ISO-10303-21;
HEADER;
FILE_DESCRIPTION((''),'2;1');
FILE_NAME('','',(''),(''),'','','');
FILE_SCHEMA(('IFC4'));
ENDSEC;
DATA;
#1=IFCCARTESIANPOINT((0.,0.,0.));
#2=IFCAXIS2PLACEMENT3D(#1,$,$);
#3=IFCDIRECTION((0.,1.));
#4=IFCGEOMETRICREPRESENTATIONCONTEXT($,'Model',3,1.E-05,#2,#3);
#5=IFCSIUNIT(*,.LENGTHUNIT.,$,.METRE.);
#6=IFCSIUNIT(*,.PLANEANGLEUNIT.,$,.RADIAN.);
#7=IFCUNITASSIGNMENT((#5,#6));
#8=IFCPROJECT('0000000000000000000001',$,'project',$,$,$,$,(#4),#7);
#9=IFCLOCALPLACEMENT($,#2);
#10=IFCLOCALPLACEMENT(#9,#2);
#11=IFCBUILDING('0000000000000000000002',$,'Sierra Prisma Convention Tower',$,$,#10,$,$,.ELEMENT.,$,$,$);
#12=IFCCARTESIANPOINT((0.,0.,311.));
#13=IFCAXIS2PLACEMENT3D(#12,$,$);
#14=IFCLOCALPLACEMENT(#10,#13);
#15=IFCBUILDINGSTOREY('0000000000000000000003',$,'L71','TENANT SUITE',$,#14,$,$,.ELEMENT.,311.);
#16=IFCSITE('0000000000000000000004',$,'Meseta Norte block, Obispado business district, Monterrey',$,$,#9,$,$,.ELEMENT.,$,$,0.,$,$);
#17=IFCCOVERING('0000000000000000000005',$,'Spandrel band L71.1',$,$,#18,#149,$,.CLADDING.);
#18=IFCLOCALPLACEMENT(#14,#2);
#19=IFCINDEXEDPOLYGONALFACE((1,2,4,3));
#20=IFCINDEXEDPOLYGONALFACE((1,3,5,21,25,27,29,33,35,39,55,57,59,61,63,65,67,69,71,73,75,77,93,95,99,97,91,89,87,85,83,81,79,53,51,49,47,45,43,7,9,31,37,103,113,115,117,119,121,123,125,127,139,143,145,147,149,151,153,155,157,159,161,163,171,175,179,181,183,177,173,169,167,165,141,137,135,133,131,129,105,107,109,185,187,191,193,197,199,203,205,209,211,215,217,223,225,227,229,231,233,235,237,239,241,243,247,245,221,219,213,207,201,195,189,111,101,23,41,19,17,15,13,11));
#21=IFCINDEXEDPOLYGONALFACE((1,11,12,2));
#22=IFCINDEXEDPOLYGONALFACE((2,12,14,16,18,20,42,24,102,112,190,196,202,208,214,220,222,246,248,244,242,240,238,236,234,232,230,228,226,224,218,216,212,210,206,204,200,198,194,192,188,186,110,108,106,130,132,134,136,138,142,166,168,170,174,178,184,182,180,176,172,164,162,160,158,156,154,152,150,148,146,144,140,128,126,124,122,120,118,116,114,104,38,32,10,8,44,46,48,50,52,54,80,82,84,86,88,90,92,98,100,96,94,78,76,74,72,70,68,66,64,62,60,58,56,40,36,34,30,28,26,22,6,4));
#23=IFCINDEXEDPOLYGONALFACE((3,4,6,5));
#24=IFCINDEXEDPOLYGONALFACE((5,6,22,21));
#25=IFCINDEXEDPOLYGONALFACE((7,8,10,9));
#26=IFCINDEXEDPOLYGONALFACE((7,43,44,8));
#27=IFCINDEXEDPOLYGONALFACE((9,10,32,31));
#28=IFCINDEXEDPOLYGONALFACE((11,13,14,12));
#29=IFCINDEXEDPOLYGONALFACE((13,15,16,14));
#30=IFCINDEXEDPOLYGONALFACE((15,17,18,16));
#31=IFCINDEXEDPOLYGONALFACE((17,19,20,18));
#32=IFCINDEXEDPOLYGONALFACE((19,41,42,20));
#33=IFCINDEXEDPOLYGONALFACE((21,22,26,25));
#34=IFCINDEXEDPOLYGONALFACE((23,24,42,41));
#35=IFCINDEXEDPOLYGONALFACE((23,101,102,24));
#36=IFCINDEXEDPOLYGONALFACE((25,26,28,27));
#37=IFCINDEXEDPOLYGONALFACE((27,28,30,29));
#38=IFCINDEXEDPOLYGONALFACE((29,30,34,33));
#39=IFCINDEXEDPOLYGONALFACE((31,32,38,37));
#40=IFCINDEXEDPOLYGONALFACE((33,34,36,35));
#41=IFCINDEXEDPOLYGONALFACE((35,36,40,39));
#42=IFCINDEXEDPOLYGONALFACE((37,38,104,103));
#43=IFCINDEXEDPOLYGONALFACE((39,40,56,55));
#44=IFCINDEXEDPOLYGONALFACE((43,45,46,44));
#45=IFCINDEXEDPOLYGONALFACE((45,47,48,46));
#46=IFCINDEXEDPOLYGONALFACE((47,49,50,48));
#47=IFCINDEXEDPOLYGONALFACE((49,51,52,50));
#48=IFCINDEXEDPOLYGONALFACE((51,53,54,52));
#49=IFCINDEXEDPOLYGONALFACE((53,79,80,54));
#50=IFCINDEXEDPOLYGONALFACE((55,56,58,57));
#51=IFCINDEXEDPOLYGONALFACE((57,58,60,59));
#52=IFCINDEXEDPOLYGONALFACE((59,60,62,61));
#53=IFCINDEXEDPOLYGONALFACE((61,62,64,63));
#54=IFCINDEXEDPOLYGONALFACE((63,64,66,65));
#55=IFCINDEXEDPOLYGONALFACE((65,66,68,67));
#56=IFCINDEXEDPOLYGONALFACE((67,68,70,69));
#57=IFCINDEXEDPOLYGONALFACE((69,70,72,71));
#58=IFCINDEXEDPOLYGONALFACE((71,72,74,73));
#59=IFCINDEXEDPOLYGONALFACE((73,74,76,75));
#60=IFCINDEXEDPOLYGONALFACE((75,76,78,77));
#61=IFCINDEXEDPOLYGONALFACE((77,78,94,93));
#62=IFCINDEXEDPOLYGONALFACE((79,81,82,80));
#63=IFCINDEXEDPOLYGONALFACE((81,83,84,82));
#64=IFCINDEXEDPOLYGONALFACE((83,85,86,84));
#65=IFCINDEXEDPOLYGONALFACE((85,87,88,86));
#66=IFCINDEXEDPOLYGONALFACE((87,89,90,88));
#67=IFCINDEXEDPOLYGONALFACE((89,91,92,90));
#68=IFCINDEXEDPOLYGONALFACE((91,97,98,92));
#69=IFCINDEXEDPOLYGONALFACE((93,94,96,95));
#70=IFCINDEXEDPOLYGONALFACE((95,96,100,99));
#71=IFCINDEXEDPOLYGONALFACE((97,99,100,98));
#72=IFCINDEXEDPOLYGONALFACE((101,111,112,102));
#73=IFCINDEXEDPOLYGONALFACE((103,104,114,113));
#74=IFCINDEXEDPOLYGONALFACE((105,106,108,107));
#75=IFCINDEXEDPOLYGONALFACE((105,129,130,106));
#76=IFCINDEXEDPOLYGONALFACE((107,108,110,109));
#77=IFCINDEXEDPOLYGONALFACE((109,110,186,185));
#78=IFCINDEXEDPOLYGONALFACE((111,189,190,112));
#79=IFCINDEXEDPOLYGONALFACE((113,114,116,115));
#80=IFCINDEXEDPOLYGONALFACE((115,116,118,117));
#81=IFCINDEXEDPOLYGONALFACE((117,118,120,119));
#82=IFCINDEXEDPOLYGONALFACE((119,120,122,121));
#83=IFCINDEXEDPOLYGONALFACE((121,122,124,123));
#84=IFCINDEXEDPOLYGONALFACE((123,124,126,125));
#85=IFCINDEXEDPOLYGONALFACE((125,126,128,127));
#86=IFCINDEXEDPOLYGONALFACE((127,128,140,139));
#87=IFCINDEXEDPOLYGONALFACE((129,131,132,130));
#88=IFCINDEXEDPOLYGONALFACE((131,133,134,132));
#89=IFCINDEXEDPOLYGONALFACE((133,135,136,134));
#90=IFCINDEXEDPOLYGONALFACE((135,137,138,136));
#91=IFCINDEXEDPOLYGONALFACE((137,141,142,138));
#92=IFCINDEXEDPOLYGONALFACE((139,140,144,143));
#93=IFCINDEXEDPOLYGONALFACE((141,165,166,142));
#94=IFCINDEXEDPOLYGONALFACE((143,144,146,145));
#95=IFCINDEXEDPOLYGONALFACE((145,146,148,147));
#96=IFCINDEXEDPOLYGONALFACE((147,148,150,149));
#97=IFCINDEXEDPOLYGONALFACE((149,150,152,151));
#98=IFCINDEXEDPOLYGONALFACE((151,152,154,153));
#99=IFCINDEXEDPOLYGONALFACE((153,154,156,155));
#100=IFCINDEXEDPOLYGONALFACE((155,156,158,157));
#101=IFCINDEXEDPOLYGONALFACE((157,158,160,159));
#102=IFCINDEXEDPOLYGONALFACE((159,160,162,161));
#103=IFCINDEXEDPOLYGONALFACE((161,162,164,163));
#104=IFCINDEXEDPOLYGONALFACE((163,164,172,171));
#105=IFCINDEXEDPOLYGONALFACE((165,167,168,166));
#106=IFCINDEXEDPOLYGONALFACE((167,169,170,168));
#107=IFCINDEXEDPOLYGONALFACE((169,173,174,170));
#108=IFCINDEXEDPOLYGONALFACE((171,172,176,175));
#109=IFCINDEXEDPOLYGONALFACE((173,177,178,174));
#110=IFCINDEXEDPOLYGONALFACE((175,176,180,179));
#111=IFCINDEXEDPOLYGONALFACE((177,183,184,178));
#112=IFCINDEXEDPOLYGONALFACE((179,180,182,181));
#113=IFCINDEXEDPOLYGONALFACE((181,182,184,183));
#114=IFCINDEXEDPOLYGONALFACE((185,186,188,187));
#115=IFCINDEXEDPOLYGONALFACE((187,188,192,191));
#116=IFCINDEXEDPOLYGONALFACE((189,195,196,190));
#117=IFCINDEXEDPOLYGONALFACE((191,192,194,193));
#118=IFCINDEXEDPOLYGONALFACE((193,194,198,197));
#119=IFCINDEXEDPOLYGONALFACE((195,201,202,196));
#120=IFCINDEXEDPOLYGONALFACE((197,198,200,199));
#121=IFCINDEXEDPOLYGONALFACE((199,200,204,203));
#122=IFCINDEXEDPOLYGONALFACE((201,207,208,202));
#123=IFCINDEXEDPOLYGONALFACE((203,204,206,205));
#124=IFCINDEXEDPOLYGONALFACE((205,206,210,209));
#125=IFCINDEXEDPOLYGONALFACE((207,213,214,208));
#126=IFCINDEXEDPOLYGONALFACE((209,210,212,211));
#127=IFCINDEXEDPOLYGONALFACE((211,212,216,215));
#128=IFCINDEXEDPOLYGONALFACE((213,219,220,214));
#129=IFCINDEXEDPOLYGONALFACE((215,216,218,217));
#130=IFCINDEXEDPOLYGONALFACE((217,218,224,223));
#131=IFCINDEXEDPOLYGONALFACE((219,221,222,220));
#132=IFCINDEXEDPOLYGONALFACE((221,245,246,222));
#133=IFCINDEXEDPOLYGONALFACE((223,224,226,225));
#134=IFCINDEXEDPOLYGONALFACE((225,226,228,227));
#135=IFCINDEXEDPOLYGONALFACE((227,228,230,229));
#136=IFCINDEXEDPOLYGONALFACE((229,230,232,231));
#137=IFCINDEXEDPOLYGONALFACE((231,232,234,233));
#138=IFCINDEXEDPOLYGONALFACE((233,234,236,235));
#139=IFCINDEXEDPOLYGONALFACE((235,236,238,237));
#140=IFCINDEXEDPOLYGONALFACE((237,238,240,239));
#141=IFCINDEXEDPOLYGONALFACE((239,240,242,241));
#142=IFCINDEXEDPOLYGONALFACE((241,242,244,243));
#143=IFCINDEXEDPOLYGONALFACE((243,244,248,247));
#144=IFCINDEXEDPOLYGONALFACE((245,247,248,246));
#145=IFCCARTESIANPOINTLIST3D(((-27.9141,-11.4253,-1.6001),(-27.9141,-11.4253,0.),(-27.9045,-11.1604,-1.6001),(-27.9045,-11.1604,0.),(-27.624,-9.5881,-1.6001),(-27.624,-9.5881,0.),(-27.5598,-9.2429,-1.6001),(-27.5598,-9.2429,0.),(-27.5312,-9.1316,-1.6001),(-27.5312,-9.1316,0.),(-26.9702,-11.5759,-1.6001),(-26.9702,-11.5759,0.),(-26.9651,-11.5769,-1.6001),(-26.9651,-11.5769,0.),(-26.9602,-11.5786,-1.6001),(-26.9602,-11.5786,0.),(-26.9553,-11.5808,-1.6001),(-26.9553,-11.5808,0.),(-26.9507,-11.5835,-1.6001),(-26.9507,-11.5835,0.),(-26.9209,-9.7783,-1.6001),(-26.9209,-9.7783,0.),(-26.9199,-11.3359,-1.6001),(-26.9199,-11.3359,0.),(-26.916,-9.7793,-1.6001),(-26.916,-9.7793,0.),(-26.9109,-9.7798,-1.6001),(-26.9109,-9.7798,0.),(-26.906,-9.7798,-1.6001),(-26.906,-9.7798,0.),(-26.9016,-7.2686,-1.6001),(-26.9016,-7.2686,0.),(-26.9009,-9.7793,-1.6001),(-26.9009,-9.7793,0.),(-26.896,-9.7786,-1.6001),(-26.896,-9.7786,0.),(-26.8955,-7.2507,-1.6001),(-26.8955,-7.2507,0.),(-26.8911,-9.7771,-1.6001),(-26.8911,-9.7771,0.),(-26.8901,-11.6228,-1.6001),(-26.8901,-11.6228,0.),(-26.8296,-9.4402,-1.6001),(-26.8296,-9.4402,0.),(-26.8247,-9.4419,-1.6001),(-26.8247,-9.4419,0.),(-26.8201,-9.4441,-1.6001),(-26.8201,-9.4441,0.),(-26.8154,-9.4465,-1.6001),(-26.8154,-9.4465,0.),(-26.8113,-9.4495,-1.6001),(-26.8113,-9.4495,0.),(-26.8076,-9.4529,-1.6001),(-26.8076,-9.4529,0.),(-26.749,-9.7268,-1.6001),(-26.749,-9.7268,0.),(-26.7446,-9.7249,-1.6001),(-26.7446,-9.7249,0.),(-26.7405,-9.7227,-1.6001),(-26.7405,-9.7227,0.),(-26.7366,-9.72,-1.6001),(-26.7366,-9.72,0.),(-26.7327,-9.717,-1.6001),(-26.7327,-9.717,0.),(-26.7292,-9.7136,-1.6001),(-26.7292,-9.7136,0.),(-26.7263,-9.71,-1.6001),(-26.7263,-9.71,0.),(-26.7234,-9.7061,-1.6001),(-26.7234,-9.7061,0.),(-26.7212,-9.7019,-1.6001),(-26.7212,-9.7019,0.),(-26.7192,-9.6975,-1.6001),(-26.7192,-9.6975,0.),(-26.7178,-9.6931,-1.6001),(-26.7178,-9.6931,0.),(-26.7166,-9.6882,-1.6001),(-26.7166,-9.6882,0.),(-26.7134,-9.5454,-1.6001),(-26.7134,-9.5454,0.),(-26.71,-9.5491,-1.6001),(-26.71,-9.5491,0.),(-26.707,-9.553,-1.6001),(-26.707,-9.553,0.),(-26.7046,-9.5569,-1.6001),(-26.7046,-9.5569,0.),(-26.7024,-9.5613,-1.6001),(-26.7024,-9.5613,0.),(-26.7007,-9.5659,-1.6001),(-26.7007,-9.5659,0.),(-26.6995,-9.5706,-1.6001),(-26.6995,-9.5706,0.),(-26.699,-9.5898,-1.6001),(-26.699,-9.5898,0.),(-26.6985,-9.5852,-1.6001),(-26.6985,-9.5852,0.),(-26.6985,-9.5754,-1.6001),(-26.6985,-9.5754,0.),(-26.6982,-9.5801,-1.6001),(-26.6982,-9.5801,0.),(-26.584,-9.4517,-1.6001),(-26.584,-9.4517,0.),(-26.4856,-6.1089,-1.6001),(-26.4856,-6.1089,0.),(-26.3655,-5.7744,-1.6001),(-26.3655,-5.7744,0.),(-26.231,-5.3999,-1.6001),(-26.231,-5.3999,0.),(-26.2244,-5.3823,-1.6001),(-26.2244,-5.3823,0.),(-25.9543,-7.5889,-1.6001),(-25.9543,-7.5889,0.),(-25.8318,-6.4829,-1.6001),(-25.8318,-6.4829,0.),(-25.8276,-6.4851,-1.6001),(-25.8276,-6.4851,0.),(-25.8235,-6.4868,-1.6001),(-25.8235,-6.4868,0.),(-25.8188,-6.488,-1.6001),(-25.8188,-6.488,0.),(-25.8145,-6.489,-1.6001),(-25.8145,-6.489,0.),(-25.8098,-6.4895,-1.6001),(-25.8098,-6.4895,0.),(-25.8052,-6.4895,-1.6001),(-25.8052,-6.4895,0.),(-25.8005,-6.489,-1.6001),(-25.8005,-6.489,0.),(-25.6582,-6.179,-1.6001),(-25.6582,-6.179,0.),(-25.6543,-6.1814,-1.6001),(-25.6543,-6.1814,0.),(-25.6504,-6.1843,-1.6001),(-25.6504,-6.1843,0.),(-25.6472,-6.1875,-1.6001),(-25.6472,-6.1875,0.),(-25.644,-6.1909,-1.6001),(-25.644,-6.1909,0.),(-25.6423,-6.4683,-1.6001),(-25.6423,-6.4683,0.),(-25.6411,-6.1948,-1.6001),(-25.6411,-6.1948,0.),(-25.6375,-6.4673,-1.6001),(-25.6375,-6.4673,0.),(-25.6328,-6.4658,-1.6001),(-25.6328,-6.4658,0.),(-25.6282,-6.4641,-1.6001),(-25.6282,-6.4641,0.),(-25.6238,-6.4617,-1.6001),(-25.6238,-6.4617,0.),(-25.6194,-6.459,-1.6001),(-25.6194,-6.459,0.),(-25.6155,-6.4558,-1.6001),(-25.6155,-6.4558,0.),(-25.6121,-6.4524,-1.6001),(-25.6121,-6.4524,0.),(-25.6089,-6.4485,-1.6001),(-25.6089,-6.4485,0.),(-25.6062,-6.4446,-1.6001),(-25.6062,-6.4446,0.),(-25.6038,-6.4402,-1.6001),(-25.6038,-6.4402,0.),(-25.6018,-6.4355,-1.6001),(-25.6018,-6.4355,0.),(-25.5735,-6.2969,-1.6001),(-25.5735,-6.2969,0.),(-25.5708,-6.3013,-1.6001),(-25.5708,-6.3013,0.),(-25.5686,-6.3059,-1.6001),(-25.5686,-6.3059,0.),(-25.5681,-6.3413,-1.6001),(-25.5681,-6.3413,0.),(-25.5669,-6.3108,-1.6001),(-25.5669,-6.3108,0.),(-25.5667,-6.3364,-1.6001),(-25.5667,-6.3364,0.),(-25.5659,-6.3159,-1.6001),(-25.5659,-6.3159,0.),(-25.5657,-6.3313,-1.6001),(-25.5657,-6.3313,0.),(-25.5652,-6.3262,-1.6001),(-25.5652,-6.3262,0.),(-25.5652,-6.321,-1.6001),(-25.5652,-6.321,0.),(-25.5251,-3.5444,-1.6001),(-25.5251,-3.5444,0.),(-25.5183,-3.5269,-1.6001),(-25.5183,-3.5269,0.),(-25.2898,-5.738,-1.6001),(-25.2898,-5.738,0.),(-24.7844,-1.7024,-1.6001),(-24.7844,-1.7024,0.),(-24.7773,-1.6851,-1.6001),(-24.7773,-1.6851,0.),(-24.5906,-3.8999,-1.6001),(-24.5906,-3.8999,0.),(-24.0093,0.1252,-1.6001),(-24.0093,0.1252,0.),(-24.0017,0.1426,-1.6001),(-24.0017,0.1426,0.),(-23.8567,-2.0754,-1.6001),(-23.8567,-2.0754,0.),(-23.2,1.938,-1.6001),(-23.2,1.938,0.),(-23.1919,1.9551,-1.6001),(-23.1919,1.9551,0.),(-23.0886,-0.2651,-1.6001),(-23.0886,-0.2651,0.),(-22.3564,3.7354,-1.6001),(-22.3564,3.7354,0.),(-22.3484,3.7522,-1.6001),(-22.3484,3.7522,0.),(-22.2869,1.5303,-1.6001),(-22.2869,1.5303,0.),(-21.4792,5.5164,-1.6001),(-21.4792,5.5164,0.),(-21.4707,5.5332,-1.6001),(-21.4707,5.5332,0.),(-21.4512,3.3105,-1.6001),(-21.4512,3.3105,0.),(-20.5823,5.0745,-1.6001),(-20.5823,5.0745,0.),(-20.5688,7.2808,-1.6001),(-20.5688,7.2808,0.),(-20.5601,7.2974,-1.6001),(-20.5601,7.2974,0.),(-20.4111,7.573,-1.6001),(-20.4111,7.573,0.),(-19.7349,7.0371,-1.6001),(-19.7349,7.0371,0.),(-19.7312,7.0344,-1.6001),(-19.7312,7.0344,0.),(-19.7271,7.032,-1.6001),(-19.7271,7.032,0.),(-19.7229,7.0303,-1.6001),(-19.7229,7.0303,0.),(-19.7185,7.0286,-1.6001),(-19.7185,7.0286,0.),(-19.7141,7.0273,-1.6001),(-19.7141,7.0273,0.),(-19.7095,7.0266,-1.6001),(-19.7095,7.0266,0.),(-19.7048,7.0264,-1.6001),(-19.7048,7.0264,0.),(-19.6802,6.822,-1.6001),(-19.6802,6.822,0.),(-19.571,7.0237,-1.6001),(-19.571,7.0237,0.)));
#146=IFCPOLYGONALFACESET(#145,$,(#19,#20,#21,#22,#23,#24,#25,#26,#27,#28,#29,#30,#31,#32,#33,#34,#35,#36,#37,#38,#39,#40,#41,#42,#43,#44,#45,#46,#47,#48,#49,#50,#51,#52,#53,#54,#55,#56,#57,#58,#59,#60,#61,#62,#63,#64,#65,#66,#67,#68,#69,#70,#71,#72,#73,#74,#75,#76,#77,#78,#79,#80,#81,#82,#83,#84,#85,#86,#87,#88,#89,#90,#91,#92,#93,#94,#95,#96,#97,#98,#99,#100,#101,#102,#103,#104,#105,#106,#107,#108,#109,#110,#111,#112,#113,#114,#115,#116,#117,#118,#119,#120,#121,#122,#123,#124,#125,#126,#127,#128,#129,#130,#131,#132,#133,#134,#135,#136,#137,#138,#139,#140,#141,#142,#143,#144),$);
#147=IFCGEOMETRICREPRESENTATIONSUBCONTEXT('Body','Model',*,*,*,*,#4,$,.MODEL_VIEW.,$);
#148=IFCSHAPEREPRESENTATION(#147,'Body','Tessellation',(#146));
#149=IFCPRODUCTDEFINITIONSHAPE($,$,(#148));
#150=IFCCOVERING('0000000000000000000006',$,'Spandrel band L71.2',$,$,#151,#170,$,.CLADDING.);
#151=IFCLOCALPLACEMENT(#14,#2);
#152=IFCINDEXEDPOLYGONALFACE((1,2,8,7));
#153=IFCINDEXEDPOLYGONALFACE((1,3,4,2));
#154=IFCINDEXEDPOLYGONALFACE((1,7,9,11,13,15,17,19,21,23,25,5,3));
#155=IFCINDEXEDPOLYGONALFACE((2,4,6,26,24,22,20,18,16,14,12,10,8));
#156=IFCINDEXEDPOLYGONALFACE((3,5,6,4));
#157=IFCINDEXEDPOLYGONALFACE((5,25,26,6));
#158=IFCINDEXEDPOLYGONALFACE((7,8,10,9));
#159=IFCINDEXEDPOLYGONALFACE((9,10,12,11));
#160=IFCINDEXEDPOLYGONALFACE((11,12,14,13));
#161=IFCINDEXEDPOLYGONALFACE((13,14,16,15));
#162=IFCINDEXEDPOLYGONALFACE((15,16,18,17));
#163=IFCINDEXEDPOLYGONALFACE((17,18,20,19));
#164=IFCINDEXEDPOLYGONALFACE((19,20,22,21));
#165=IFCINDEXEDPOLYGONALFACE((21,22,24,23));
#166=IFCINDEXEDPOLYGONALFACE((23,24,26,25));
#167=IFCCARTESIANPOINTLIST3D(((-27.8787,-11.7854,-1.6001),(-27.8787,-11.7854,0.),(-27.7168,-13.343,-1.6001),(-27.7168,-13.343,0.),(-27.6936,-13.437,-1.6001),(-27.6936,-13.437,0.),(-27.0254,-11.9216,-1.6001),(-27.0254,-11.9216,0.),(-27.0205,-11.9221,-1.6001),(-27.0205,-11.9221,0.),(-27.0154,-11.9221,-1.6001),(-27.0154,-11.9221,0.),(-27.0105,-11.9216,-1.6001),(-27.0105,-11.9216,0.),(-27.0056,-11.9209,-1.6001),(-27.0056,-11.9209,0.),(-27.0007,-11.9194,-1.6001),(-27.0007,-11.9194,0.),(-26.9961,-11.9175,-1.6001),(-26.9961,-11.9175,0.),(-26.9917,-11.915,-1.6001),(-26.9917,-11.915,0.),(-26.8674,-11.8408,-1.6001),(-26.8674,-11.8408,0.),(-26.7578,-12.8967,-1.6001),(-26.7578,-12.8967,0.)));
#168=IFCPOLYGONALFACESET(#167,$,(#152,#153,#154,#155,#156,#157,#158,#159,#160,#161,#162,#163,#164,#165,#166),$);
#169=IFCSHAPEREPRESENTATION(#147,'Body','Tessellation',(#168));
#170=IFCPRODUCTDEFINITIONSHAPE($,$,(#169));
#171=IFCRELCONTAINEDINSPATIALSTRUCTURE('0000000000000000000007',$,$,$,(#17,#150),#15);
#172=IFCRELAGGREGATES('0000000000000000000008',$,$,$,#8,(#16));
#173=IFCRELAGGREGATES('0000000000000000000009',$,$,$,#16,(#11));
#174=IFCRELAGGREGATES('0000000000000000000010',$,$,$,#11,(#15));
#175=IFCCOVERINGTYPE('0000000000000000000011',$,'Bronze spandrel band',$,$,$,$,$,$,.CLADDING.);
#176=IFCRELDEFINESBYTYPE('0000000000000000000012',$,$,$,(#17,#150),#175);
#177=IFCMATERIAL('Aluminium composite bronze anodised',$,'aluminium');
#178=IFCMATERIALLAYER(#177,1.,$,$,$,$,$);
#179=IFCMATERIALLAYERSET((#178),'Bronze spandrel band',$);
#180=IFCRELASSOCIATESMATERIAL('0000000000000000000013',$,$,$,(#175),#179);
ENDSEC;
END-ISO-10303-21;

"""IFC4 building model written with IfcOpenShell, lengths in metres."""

from ifc_helpers import new_model, si_unit, direction, frame, origin, place, context, subcontext, project, spatial, polyline, outline, extrude, material, layer, layer_set, type_object, element, save


model = new_model("IFC4")

# Units and contexts
model_context = context("Model", 3, precision=1e-05, world=origin(), true_north=direction((0.0, 1.0)))
body_context = subcontext(model_context, "Body", "Model", "MODEL_VIEW")
ifc_project = project(units=[si_unit("LENGTHUNIT", "METRE"), si_unit("PLANEANGLEUNIT", "RADIAN")], contexts=[model_context])

# Site, building, storey
site_placement = place(None, origin())
site = spatial("IfcSite", under=ifc_project, at=site_placement, Name="Meseta Norte block, Obispado business district, Monterrey", CompositionType="ELEMENT", RefElevation=0.0)
building_placement = place(site_placement, origin())
building = spatial("IfcBuilding", under=site, at=building_placement, Name="Sierra Prisma Convention Tower", CompositionType="ELEMENT")
storey_placement = place(building_placement, frame((0.0, 0.0, 311.0)))
storey = spatial("IfcBuildingStorey", under=building, at=storey_placement, Name="L71", Description="TENANT SUITE", CompositionType="ELEMENT", Elevation=311.0)

# Coverings
ifc_material_1 = material(Name="Aluminium composite bronze anodised", Category="aluminium")
ifc_layer_1 = layer(ifc_material_1, 1.0)
ifc_layer_set_1 = layer_set([ifc_layer_1], Name="Bronze spandrel band")
covering_type = type_object("IfcCoveringType", Name="Bronze spandrel band", PredefinedType="CLADDING", material=ifc_layer_set_1)
covering_1_placement = place(storey_placement, frame((0.0, 0.0, -1.6001)))
element("IfcCovering", 1, at=covering_1_placement, inside=storey, type_object=covering_type, Name="Spandrel band L71.1", PredefinedType="CLADDING", context=body_context, shape_type="SweptSolid", body=[
    extrude(outline(polyline([(-26.7178, -9.6931), (-26.7166, -9.6882), (-26.699, -9.5898), (-26.6985, -9.5852), (-26.6982, -9.5801), (-26.6985, -9.5754), (-26.6995, -9.5706), (-26.7007, -9.5659), (-26.7024, -9.5613), (-26.7046, -9.5569), (-26.707, -9.553), (-26.71, -9.5491), (-26.7134, -9.5454), (-26.8076, -9.4529), (-26.8113, -9.4495), (-26.8154, -9.4465), (-26.8201, -9.4441), (-26.8247, -9.4419), (-26.8296, -9.4402), (-27.5598, -9.2429), (-27.5312, -9.1316), (-26.9016, -7.2686), (-26.8955, -7.2507), (-26.4856, -6.1089), (-25.8318, -6.4829), (-25.8276, -6.4851), (-25.8235, -6.4868), (-25.8188, -6.488), (-25.8145, -6.489), (-25.8098, -6.4895), (-25.8052, -6.4895), (-25.8005, -6.489), (-25.6423, -6.4683), (-25.6375, -6.4673), (-25.6328, -6.4658), (-25.6282, -6.4641), (-25.6238, -6.4617), (-25.6194, -6.459), (-25.6155, -6.4558), (-25.6121, -6.4524), (-25.6089, -6.4485), (-25.6062, -6.4446), (-25.6038, -6.4402), (-25.6018, -6.4355), (-25.5681, -6.3413), (-25.5667, -6.3364), (-25.5657, -6.3313), (-25.5652, -6.3262), (-25.5652, -6.321), (-25.5659, -6.3159), (-25.5669, -6.3108), (-25.5686, -6.3059), (-25.5708, -6.3013), (-25.5735, -6.2969), (-25.6411, -6.1948), (-25.644, -6.1909), (-25.6472, -6.1875), (-25.6504, -6.1843), (-25.6543, -6.1814), (-25.6582, -6.179), (-26.3655, -5.7744), (-26.231, -5.3999), (-26.2244, -5.3823), (-25.5251, -3.5444), (-25.5183, -3.5269), (-24.7844, -1.7024), (-24.7773, -1.6851), (-24.0093, 0.1252), (-24.0017, 0.1426), (-23.2, 1.938), (-23.1919, 1.9551), (-22.3564, 3.7354), (-22.3484, 3.7522), (-21.4792, 5.5164), (-21.4707, 5.5332), (-20.5688, 7.2808), (-20.5601, 7.2974), (-20.4111, 7.573), (-19.7349, 7.0371), (-19.7312, 7.0344), (-19.7271, 7.032), (-19.7229, 7.0303), (-19.7185, 7.0286), (-19.7141, 7.0273), (-19.7095, 7.0266), (-19.7048, 7.0264), (-19.571, 7.0237), (-19.6802, 6.822), (-20.5823, 5.0745), (-21.4512, 3.3105), (-22.2869, 1.5303), (-23.0886, -0.2651), (-23.8567, -2.0754), (-24.5906, -3.8999), (-25.2898, -5.738), (-25.9543, -7.5889), (-26.584, -9.4517), (-26.9199, -11.3359), (-26.8901, -11.6228), (-26.9507, -11.5835), (-26.9553, -11.5808), (-26.9602, -11.5786), (-26.9651, -11.5769), (-26.9702, -11.5759), (-27.9141, -11.4253), (-27.9045, -11.1604), (-27.624, -9.5881), (-26.9209, -9.7783), (-26.916, -9.7793), (-26.9109, -9.7798), (-26.906, -9.7798), (-26.9009, -9.7793), (-26.896, -9.7786), (-26.8911, -9.7771), (-26.749, -9.7268), (-26.7446, -9.7249), (-26.7405, -9.7227), (-26.7366, -9.72), (-26.7327, -9.717), (-26.7292, -9.7136), (-26.7263, -9.71), (-26.7234, -9.7061), (-26.7212, -9.7019), (-26.7192, -9.6975), (-26.7178, -9.6931)])), origin(), (0.0, 0.0, 1.0), 1.6001),
])
covering_2_placement = place(storey_placement, frame((0.0, 0.0, -1.6001)))
element("IfcCovering", 2, at=covering_2_placement, inside=storey, type_object=covering_type, Name="Spandrel band L71.2", PredefinedType="CLADDING", context=body_context, shape_type="SweptSolid", body=[
    extrude(outline(polyline([(-27.8787, -11.7854), (-27.0254, -11.9216), (-27.0205, -11.9221), (-27.0154, -11.9221), (-27.0105, -11.9216), (-27.0056, -11.9209), (-27.0007, -11.9194), (-26.9961, -11.9175), (-26.9917, -11.915), (-26.8674, -11.8408), (-26.7578, -12.8967), (-27.6936, -13.437), (-27.7168, -13.343), (-27.8787, -11.7854)])), origin(), (0.0, 0.0, 1.0), 1.6001),
])

save(model, "model.ifc")
